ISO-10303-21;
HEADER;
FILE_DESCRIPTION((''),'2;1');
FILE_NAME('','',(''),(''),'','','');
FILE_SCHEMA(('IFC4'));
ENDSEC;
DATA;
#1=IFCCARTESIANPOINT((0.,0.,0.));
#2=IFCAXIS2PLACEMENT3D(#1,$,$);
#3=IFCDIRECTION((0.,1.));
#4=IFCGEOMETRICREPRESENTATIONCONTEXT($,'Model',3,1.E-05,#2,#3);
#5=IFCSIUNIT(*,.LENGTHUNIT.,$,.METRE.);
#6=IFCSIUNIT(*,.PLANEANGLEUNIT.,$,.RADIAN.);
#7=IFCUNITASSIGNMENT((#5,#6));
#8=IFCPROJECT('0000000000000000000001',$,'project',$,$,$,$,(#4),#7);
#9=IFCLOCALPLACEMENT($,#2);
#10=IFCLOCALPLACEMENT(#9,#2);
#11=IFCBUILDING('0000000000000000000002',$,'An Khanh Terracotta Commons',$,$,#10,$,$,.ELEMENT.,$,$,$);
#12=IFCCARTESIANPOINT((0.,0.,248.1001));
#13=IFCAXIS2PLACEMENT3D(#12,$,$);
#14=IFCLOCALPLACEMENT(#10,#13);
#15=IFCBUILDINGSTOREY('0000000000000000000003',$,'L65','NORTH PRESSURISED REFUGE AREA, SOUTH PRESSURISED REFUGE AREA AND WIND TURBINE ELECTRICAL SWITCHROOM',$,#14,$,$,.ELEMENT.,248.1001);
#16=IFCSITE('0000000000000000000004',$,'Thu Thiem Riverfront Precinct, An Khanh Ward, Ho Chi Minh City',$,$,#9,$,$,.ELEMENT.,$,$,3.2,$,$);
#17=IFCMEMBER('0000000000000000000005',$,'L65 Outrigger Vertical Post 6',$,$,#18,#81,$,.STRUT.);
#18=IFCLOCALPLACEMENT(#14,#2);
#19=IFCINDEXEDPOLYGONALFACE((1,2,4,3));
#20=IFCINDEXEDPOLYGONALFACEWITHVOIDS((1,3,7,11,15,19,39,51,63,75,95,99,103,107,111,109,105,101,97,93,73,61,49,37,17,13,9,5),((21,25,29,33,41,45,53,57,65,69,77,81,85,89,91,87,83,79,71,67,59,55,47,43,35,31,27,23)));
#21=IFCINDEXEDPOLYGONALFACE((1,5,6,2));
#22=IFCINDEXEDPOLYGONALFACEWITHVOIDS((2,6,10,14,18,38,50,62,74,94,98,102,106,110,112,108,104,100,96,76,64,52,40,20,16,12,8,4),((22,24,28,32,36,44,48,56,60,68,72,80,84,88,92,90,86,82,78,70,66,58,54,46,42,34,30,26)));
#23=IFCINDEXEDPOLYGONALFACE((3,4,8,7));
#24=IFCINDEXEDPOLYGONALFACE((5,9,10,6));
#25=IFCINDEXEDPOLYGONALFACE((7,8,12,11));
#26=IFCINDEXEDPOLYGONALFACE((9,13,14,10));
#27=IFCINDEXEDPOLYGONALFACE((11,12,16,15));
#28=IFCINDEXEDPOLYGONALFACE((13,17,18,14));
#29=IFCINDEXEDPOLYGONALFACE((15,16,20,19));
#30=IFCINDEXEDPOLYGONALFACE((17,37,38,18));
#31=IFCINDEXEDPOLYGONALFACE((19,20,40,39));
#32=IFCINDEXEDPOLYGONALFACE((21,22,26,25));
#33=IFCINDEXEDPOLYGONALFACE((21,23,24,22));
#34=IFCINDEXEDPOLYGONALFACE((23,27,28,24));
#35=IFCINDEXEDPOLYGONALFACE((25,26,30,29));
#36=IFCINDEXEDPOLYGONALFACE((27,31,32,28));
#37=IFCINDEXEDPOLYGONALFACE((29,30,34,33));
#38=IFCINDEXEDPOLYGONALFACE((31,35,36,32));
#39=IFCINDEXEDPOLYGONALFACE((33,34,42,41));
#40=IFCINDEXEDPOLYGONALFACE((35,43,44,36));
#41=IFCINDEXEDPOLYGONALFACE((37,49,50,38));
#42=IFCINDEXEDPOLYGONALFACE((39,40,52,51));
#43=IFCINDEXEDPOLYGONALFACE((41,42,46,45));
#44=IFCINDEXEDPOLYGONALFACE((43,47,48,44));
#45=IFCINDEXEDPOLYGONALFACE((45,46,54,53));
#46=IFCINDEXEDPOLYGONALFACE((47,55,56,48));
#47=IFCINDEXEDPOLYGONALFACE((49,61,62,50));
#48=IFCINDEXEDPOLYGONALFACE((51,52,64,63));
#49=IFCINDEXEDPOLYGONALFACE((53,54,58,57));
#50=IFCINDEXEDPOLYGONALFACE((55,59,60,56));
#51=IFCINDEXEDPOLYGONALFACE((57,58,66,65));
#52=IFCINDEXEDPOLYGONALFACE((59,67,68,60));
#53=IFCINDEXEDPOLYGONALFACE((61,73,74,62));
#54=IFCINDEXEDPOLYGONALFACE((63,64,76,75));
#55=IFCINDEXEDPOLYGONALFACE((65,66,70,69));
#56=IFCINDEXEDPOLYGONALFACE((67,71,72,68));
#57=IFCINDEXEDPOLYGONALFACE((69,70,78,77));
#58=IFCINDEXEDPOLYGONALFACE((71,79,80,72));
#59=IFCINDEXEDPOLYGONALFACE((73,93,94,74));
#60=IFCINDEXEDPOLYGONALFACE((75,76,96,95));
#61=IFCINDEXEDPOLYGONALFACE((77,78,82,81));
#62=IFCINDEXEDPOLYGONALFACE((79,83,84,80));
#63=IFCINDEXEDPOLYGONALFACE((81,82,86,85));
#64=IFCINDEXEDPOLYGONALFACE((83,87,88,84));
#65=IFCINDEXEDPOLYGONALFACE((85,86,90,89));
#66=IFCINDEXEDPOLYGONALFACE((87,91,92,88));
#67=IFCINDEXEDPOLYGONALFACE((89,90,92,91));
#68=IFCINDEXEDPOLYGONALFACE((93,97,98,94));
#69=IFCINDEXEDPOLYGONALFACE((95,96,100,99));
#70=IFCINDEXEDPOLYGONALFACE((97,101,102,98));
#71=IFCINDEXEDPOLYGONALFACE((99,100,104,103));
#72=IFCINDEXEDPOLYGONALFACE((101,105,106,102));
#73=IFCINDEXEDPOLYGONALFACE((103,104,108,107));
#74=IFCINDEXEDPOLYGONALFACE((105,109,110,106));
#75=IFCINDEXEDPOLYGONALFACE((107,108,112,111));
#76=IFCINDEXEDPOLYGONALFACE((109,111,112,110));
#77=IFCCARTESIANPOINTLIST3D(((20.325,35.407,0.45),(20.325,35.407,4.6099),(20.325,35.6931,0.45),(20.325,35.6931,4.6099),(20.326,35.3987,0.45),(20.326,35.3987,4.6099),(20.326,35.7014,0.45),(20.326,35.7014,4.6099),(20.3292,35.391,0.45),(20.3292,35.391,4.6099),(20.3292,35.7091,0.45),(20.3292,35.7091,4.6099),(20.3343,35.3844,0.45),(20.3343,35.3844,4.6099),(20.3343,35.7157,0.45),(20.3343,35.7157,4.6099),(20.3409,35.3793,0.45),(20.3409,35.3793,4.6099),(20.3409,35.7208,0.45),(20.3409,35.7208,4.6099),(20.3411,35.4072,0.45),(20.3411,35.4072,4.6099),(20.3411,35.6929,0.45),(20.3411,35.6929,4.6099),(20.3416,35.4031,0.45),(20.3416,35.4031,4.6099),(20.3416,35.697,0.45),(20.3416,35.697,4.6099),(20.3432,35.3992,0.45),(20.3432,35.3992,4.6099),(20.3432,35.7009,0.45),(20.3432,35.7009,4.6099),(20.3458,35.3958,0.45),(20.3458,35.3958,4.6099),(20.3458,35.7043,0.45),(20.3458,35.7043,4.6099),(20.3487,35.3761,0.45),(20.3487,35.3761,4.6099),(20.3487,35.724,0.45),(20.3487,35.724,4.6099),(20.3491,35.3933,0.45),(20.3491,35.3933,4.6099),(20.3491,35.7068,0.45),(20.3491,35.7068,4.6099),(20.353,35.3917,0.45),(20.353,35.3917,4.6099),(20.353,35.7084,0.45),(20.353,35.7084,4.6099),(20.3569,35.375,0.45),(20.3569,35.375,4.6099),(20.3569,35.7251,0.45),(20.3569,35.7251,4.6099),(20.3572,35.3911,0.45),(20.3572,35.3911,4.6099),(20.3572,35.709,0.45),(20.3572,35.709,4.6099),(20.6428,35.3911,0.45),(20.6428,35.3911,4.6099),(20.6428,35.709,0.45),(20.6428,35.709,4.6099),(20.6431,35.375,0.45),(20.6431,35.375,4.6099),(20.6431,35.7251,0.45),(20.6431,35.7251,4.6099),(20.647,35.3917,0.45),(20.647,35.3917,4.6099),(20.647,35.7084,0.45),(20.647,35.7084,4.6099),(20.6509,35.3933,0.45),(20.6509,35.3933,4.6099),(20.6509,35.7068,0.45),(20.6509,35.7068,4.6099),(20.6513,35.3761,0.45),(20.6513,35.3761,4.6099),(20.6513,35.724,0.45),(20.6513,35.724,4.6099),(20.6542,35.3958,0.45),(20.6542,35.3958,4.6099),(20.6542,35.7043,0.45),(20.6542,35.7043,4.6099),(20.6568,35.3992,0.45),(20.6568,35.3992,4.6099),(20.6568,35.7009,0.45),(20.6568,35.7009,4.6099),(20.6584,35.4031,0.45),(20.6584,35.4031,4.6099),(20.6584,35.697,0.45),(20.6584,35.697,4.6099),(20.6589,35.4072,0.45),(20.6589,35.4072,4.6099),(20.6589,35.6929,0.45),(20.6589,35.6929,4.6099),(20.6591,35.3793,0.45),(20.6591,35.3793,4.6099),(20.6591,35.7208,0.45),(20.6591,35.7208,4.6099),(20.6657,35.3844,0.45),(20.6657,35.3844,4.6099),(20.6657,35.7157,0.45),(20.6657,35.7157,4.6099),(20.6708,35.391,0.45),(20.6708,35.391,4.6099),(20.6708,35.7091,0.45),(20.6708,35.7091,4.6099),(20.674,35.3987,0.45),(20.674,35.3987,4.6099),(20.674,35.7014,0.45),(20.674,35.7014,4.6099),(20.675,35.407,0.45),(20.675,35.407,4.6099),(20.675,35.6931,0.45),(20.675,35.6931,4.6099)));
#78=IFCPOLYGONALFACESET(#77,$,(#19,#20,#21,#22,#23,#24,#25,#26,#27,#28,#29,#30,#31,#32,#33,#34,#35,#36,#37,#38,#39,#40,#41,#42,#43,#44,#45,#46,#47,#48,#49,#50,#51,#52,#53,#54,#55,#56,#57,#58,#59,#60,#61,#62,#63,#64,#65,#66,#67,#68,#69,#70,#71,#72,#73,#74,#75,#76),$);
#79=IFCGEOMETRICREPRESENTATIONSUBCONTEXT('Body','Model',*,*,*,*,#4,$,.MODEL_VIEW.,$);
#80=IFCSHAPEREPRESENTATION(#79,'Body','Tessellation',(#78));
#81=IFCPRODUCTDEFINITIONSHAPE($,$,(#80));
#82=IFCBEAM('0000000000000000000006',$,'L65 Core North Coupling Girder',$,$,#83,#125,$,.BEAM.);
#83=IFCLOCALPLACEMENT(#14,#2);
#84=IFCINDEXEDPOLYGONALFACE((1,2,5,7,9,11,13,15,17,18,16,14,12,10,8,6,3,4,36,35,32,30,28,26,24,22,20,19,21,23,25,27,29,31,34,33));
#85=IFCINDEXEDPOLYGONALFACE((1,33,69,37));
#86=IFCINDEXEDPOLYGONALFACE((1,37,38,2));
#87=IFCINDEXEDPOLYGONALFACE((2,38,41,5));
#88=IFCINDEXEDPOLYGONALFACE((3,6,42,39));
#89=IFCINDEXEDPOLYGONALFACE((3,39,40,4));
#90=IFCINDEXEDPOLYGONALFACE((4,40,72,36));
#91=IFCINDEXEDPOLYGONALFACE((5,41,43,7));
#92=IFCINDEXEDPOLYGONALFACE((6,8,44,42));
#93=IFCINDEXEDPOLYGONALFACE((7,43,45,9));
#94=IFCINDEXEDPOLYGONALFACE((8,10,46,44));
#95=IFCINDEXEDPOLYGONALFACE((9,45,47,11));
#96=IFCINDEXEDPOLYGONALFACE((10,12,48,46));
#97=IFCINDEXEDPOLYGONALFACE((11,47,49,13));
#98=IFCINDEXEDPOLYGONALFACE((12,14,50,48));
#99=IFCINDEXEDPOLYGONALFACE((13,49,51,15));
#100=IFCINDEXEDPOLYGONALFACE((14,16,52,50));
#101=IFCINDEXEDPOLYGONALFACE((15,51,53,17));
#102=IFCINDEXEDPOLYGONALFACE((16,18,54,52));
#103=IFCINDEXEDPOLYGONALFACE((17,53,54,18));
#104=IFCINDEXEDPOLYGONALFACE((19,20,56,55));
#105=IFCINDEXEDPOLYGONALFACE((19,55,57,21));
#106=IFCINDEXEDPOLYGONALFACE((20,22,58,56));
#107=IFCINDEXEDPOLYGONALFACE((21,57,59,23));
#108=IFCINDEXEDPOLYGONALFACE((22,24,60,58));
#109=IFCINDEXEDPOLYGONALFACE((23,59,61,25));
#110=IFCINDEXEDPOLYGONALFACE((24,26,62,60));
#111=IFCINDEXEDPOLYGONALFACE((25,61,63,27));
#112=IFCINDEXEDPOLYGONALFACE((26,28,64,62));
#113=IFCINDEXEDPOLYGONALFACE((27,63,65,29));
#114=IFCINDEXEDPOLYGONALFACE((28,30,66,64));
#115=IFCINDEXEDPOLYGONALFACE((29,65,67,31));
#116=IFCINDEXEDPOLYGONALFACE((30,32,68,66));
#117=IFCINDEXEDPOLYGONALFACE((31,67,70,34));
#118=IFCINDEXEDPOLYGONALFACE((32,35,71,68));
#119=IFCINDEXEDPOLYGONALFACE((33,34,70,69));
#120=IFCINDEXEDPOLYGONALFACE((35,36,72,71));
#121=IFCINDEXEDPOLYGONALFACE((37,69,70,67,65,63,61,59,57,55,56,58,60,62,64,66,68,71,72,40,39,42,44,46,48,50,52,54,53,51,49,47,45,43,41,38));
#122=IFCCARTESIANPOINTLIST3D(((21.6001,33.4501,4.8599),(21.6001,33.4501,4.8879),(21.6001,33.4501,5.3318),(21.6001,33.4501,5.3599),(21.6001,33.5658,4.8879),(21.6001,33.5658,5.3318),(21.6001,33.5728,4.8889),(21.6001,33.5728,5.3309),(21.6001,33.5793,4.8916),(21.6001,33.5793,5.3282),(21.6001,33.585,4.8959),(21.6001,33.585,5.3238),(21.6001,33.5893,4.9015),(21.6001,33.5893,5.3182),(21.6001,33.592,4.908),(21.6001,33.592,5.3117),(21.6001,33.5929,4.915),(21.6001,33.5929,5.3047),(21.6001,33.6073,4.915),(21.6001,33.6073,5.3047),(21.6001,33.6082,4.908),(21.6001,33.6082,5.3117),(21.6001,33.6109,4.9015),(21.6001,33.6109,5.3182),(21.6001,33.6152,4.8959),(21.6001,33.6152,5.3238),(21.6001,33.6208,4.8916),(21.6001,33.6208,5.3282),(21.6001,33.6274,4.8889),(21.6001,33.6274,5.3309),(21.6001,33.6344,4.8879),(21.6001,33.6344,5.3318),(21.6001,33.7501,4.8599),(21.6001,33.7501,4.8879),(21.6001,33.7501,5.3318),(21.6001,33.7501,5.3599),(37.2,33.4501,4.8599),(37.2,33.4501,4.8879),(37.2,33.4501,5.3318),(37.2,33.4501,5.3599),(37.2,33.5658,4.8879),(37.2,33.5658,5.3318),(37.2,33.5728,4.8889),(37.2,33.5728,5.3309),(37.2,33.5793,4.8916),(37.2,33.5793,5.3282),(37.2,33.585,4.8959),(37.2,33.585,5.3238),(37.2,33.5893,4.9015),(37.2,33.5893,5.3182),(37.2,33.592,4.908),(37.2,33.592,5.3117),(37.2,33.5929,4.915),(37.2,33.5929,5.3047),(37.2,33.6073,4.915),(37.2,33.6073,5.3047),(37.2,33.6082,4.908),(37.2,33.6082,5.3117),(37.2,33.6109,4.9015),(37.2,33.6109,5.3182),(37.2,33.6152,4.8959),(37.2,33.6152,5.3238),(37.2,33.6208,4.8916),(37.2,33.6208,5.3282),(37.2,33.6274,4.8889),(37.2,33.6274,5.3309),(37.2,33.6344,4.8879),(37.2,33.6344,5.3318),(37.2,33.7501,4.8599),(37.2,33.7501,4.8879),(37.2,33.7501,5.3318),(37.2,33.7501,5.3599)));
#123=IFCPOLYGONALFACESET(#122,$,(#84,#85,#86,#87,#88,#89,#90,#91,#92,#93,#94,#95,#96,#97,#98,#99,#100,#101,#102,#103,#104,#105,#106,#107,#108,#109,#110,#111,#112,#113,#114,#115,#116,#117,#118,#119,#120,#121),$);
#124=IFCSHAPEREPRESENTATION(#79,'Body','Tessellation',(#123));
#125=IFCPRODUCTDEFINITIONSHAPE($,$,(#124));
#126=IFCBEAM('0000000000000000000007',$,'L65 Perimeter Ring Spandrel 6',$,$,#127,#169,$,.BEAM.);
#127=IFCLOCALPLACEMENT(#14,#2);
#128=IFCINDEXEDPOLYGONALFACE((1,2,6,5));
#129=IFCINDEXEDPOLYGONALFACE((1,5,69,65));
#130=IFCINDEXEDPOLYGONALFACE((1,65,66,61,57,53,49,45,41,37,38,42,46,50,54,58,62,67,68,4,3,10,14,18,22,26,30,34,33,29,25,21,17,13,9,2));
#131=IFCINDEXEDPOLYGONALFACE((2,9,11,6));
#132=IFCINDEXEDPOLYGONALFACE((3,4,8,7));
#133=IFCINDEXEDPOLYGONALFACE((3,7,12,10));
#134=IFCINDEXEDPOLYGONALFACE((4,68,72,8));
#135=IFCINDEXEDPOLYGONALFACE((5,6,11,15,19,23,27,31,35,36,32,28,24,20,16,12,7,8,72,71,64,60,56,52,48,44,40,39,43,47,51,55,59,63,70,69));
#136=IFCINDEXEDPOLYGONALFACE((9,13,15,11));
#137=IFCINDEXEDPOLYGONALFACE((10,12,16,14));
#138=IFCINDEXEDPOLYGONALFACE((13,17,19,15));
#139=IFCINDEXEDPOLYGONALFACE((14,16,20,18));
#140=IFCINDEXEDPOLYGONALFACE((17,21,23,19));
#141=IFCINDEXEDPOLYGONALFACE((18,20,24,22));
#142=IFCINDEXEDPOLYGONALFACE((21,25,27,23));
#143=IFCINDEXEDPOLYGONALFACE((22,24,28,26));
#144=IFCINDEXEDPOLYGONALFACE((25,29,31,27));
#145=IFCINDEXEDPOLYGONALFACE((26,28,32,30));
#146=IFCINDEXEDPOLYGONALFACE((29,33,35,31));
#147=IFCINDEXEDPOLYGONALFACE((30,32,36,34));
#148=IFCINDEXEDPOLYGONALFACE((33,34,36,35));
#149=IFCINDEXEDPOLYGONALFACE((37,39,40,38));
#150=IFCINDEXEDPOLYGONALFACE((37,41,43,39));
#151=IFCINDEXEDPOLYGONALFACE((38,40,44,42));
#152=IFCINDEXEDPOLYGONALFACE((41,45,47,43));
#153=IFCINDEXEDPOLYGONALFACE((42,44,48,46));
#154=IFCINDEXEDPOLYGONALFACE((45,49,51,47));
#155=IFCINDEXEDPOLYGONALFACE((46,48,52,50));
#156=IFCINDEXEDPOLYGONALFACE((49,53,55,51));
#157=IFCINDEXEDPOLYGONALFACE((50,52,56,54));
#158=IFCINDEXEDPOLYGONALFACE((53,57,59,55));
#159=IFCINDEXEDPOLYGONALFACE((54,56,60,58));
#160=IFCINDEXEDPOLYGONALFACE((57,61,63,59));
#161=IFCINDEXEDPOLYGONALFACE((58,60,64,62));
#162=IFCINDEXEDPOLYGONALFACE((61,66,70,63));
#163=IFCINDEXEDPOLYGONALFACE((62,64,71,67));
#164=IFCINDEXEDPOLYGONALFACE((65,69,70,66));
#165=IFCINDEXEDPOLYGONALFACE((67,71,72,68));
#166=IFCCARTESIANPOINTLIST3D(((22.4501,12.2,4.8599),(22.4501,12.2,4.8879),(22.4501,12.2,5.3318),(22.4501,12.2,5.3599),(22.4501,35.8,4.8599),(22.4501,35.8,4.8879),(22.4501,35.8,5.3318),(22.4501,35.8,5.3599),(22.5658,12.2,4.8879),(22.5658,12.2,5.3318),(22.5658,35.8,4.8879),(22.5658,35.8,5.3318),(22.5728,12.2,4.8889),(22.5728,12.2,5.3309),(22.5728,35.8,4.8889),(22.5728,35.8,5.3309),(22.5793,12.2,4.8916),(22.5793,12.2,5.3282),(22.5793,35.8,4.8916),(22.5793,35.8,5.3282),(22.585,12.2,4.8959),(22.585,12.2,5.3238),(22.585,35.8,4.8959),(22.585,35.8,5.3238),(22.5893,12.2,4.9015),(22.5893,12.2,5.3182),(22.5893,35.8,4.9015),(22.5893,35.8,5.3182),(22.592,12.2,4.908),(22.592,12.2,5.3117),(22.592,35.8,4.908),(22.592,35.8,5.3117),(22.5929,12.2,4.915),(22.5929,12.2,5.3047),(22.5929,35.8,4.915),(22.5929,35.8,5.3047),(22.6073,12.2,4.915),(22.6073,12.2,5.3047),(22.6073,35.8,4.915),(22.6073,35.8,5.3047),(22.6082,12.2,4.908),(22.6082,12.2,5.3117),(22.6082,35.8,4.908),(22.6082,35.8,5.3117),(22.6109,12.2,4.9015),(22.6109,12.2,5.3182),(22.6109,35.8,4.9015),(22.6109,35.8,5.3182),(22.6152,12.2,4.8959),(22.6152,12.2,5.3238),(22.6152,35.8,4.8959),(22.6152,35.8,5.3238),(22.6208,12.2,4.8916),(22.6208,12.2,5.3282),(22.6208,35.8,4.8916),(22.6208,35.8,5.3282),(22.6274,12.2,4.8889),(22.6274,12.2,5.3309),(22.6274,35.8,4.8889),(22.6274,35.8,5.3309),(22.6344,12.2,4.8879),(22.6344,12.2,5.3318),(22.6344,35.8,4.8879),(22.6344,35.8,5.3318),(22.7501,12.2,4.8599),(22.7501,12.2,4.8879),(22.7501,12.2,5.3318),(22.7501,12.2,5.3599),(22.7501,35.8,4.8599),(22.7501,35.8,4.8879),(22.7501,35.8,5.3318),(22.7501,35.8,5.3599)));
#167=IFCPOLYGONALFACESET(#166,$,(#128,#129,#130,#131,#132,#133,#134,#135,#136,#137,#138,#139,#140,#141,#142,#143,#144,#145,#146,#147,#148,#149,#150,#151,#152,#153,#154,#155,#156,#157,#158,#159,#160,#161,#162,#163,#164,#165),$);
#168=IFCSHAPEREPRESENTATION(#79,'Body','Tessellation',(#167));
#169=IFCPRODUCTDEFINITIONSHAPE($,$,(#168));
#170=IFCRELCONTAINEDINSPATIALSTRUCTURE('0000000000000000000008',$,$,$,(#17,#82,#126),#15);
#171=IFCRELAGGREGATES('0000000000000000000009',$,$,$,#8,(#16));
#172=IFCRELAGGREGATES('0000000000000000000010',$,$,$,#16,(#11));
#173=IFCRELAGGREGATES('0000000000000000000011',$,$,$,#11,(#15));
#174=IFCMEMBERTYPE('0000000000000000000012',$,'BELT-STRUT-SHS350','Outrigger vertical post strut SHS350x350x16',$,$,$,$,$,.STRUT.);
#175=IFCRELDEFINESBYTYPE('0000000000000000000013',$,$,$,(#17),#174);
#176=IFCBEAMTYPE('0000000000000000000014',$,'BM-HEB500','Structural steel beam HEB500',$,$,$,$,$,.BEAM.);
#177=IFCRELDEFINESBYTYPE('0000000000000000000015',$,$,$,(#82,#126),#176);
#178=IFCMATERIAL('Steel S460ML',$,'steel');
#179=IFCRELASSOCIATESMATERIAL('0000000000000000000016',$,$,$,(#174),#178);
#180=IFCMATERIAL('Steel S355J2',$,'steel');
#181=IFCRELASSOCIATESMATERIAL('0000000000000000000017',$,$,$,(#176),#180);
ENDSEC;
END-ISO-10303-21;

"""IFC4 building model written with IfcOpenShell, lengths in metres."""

from ifc_helpers import new_model, si_unit, direction, frame, origin, origin_2d, place, context, subcontext, project, spatial, hollow_rectangle, i_section, extrude, material, material_profile, profile_set, type_object, element, save


model = new_model("IFC4")

# Units and contexts
model_context = context("Model", 3, precision=1e-05, world=origin(), true_north=direction((0.0, 1.0)))
body_context = subcontext(model_context, "Body", "Model", "MODEL_VIEW")
ifc_project = project(units=[si_unit("LENGTHUNIT", "METRE"), si_unit("PLANEANGLEUNIT", "RADIAN")], contexts=[model_context])

# Site, building, storey
site_placement = place(None, origin())
site = spatial("IfcSite", under=ifc_project, at=site_placement, Name="Thu Thiem Riverfront Precinct, An Khanh Ward, Ho Chi Minh City", CompositionType="ELEMENT", RefElevation=3.2)
building_placement = place(site_placement, origin())
building = spatial("IfcBuilding", under=site, at=building_placement, Name="An Khanh Terracotta Commons", CompositionType="ELEMENT")
storey_placement = place(building_placement, frame((0.0, 0.0, 248.1001)))
storey = spatial("IfcBuildingStorey", under=building, at=storey_placement, Name="L65", Description="NORTH PRESSURISED REFUGE AREA, SOUTH PRESSURISED REFUGE AREA AND WIND TURBINE ELECTRICAL SWITCHROOM", CompositionType="ELEMENT", Elevation=248.1001)

# Member
ifc_material_1 = material(Name="Steel S460ML", Category="steel")
ifc_material_profile_1 = material_profile(ifc_material_1, hollow_rectangle(XDim=0.3501, YDim=0.3501, WallThickness=0.0161, InnerFilletRadius=0.0161, OuterFilletRadius=0.032, at=origin_2d()), Name="SHS350x350x16")
ifc_profile_set_1 = profile_set([ifc_material_profile_1], Name="Steel S460ML")
member_type_1 = type_object("IfcMemberType", Name="BELT-STRUT-SHS350", Description="Outrigger vertical post strut SHS350x350x16", PredefinedType="STRUT", material=ifc_profile_set_1)
member_1_placement = place(storey_placement, frame((20.5, 35.55, 0.45), z_axis=(0.0, 0.0, 1.0), x_axis=(1.0, 0.0, 0.0)))
element("IfcMember", 1, at=member_1_placement, inside=storey, type_object=member_type_1, Name="L65 Outrigger Vertical Post 6", PredefinedType="STRUT", context=body_context, shape_type="SweptSolid", body=[
    extrude(hollow_rectangle(XDim=0.3501, YDim=0.3501, WallThickness=0.0161, InnerFilletRadius=0.0161, OuterFilletRadius=0.032, at=origin_2d()), origin(), (0.0, 0.0, 1.0), 4.1599),
])

# Beams
ifc_material_2 = material(Name="Steel S355J2", Category="steel")
ifc_material_profile_2 = material_profile(ifc_material_2, i_section(OverallWidth=0.3, OverallDepth=0.5, WebThickness=0.0144, FlangeThickness=0.0281, FilletRadius=0.0271, at=origin_2d()), Name="HEB500")
ifc_profile_set_2 = profile_set([ifc_material_profile_2], Name="Steel S355J2")
beam_type_1 = type_object("IfcBeamType", Name="BM-HEB500", Description="Structural steel beam HEB500", PredefinedType="BEAM", material=ifc_profile_set_2)
beam_1_placement = place(storey_placement, frame((21.6001, 33.6001, 5.1099), z_axis=(1.0, 0.0, 0.0), x_axis=(0.0, 1.0, 0.0)))
element("IfcBeam", 2, at=beam_1_placement, inside=storey, type_object=beam_type_1, Name="L65 Core North Coupling Girder", PredefinedType="BEAM", context=body_context, shape_type="SweptSolid", body=[
    extrude(i_section(OverallWidth=0.3, OverallDepth=0.5, WebThickness=0.0144, FlangeThickness=0.0281, FilletRadius=0.0271, at=origin_2d()), origin(), (0.0, 0.0, 1.0), 15.5999),
])
beam_2_placement = place(storey_placement, frame((22.6001, 35.8, 5.1099), z_axis=(0.0, -1.0, 0.0), x_axis=(1.0, 0.0, 0.0)))
element("IfcBeam", 3, at=beam_2_placement, inside=storey, type_object=beam_type_1, Name="L65 Perimeter Ring Spandrel 6", PredefinedType="BEAM", context=body_context, shape_type="SweptSolid", body=[
    extrude(i_section(OverallWidth=0.3, OverallDepth=0.5, WebThickness=0.0144, FlangeThickness=0.0281, FilletRadius=0.0271, at=origin_2d()), origin(), (0.0, 0.0, 1.0), 23.6001),
])

save(model, "model.ifc")
